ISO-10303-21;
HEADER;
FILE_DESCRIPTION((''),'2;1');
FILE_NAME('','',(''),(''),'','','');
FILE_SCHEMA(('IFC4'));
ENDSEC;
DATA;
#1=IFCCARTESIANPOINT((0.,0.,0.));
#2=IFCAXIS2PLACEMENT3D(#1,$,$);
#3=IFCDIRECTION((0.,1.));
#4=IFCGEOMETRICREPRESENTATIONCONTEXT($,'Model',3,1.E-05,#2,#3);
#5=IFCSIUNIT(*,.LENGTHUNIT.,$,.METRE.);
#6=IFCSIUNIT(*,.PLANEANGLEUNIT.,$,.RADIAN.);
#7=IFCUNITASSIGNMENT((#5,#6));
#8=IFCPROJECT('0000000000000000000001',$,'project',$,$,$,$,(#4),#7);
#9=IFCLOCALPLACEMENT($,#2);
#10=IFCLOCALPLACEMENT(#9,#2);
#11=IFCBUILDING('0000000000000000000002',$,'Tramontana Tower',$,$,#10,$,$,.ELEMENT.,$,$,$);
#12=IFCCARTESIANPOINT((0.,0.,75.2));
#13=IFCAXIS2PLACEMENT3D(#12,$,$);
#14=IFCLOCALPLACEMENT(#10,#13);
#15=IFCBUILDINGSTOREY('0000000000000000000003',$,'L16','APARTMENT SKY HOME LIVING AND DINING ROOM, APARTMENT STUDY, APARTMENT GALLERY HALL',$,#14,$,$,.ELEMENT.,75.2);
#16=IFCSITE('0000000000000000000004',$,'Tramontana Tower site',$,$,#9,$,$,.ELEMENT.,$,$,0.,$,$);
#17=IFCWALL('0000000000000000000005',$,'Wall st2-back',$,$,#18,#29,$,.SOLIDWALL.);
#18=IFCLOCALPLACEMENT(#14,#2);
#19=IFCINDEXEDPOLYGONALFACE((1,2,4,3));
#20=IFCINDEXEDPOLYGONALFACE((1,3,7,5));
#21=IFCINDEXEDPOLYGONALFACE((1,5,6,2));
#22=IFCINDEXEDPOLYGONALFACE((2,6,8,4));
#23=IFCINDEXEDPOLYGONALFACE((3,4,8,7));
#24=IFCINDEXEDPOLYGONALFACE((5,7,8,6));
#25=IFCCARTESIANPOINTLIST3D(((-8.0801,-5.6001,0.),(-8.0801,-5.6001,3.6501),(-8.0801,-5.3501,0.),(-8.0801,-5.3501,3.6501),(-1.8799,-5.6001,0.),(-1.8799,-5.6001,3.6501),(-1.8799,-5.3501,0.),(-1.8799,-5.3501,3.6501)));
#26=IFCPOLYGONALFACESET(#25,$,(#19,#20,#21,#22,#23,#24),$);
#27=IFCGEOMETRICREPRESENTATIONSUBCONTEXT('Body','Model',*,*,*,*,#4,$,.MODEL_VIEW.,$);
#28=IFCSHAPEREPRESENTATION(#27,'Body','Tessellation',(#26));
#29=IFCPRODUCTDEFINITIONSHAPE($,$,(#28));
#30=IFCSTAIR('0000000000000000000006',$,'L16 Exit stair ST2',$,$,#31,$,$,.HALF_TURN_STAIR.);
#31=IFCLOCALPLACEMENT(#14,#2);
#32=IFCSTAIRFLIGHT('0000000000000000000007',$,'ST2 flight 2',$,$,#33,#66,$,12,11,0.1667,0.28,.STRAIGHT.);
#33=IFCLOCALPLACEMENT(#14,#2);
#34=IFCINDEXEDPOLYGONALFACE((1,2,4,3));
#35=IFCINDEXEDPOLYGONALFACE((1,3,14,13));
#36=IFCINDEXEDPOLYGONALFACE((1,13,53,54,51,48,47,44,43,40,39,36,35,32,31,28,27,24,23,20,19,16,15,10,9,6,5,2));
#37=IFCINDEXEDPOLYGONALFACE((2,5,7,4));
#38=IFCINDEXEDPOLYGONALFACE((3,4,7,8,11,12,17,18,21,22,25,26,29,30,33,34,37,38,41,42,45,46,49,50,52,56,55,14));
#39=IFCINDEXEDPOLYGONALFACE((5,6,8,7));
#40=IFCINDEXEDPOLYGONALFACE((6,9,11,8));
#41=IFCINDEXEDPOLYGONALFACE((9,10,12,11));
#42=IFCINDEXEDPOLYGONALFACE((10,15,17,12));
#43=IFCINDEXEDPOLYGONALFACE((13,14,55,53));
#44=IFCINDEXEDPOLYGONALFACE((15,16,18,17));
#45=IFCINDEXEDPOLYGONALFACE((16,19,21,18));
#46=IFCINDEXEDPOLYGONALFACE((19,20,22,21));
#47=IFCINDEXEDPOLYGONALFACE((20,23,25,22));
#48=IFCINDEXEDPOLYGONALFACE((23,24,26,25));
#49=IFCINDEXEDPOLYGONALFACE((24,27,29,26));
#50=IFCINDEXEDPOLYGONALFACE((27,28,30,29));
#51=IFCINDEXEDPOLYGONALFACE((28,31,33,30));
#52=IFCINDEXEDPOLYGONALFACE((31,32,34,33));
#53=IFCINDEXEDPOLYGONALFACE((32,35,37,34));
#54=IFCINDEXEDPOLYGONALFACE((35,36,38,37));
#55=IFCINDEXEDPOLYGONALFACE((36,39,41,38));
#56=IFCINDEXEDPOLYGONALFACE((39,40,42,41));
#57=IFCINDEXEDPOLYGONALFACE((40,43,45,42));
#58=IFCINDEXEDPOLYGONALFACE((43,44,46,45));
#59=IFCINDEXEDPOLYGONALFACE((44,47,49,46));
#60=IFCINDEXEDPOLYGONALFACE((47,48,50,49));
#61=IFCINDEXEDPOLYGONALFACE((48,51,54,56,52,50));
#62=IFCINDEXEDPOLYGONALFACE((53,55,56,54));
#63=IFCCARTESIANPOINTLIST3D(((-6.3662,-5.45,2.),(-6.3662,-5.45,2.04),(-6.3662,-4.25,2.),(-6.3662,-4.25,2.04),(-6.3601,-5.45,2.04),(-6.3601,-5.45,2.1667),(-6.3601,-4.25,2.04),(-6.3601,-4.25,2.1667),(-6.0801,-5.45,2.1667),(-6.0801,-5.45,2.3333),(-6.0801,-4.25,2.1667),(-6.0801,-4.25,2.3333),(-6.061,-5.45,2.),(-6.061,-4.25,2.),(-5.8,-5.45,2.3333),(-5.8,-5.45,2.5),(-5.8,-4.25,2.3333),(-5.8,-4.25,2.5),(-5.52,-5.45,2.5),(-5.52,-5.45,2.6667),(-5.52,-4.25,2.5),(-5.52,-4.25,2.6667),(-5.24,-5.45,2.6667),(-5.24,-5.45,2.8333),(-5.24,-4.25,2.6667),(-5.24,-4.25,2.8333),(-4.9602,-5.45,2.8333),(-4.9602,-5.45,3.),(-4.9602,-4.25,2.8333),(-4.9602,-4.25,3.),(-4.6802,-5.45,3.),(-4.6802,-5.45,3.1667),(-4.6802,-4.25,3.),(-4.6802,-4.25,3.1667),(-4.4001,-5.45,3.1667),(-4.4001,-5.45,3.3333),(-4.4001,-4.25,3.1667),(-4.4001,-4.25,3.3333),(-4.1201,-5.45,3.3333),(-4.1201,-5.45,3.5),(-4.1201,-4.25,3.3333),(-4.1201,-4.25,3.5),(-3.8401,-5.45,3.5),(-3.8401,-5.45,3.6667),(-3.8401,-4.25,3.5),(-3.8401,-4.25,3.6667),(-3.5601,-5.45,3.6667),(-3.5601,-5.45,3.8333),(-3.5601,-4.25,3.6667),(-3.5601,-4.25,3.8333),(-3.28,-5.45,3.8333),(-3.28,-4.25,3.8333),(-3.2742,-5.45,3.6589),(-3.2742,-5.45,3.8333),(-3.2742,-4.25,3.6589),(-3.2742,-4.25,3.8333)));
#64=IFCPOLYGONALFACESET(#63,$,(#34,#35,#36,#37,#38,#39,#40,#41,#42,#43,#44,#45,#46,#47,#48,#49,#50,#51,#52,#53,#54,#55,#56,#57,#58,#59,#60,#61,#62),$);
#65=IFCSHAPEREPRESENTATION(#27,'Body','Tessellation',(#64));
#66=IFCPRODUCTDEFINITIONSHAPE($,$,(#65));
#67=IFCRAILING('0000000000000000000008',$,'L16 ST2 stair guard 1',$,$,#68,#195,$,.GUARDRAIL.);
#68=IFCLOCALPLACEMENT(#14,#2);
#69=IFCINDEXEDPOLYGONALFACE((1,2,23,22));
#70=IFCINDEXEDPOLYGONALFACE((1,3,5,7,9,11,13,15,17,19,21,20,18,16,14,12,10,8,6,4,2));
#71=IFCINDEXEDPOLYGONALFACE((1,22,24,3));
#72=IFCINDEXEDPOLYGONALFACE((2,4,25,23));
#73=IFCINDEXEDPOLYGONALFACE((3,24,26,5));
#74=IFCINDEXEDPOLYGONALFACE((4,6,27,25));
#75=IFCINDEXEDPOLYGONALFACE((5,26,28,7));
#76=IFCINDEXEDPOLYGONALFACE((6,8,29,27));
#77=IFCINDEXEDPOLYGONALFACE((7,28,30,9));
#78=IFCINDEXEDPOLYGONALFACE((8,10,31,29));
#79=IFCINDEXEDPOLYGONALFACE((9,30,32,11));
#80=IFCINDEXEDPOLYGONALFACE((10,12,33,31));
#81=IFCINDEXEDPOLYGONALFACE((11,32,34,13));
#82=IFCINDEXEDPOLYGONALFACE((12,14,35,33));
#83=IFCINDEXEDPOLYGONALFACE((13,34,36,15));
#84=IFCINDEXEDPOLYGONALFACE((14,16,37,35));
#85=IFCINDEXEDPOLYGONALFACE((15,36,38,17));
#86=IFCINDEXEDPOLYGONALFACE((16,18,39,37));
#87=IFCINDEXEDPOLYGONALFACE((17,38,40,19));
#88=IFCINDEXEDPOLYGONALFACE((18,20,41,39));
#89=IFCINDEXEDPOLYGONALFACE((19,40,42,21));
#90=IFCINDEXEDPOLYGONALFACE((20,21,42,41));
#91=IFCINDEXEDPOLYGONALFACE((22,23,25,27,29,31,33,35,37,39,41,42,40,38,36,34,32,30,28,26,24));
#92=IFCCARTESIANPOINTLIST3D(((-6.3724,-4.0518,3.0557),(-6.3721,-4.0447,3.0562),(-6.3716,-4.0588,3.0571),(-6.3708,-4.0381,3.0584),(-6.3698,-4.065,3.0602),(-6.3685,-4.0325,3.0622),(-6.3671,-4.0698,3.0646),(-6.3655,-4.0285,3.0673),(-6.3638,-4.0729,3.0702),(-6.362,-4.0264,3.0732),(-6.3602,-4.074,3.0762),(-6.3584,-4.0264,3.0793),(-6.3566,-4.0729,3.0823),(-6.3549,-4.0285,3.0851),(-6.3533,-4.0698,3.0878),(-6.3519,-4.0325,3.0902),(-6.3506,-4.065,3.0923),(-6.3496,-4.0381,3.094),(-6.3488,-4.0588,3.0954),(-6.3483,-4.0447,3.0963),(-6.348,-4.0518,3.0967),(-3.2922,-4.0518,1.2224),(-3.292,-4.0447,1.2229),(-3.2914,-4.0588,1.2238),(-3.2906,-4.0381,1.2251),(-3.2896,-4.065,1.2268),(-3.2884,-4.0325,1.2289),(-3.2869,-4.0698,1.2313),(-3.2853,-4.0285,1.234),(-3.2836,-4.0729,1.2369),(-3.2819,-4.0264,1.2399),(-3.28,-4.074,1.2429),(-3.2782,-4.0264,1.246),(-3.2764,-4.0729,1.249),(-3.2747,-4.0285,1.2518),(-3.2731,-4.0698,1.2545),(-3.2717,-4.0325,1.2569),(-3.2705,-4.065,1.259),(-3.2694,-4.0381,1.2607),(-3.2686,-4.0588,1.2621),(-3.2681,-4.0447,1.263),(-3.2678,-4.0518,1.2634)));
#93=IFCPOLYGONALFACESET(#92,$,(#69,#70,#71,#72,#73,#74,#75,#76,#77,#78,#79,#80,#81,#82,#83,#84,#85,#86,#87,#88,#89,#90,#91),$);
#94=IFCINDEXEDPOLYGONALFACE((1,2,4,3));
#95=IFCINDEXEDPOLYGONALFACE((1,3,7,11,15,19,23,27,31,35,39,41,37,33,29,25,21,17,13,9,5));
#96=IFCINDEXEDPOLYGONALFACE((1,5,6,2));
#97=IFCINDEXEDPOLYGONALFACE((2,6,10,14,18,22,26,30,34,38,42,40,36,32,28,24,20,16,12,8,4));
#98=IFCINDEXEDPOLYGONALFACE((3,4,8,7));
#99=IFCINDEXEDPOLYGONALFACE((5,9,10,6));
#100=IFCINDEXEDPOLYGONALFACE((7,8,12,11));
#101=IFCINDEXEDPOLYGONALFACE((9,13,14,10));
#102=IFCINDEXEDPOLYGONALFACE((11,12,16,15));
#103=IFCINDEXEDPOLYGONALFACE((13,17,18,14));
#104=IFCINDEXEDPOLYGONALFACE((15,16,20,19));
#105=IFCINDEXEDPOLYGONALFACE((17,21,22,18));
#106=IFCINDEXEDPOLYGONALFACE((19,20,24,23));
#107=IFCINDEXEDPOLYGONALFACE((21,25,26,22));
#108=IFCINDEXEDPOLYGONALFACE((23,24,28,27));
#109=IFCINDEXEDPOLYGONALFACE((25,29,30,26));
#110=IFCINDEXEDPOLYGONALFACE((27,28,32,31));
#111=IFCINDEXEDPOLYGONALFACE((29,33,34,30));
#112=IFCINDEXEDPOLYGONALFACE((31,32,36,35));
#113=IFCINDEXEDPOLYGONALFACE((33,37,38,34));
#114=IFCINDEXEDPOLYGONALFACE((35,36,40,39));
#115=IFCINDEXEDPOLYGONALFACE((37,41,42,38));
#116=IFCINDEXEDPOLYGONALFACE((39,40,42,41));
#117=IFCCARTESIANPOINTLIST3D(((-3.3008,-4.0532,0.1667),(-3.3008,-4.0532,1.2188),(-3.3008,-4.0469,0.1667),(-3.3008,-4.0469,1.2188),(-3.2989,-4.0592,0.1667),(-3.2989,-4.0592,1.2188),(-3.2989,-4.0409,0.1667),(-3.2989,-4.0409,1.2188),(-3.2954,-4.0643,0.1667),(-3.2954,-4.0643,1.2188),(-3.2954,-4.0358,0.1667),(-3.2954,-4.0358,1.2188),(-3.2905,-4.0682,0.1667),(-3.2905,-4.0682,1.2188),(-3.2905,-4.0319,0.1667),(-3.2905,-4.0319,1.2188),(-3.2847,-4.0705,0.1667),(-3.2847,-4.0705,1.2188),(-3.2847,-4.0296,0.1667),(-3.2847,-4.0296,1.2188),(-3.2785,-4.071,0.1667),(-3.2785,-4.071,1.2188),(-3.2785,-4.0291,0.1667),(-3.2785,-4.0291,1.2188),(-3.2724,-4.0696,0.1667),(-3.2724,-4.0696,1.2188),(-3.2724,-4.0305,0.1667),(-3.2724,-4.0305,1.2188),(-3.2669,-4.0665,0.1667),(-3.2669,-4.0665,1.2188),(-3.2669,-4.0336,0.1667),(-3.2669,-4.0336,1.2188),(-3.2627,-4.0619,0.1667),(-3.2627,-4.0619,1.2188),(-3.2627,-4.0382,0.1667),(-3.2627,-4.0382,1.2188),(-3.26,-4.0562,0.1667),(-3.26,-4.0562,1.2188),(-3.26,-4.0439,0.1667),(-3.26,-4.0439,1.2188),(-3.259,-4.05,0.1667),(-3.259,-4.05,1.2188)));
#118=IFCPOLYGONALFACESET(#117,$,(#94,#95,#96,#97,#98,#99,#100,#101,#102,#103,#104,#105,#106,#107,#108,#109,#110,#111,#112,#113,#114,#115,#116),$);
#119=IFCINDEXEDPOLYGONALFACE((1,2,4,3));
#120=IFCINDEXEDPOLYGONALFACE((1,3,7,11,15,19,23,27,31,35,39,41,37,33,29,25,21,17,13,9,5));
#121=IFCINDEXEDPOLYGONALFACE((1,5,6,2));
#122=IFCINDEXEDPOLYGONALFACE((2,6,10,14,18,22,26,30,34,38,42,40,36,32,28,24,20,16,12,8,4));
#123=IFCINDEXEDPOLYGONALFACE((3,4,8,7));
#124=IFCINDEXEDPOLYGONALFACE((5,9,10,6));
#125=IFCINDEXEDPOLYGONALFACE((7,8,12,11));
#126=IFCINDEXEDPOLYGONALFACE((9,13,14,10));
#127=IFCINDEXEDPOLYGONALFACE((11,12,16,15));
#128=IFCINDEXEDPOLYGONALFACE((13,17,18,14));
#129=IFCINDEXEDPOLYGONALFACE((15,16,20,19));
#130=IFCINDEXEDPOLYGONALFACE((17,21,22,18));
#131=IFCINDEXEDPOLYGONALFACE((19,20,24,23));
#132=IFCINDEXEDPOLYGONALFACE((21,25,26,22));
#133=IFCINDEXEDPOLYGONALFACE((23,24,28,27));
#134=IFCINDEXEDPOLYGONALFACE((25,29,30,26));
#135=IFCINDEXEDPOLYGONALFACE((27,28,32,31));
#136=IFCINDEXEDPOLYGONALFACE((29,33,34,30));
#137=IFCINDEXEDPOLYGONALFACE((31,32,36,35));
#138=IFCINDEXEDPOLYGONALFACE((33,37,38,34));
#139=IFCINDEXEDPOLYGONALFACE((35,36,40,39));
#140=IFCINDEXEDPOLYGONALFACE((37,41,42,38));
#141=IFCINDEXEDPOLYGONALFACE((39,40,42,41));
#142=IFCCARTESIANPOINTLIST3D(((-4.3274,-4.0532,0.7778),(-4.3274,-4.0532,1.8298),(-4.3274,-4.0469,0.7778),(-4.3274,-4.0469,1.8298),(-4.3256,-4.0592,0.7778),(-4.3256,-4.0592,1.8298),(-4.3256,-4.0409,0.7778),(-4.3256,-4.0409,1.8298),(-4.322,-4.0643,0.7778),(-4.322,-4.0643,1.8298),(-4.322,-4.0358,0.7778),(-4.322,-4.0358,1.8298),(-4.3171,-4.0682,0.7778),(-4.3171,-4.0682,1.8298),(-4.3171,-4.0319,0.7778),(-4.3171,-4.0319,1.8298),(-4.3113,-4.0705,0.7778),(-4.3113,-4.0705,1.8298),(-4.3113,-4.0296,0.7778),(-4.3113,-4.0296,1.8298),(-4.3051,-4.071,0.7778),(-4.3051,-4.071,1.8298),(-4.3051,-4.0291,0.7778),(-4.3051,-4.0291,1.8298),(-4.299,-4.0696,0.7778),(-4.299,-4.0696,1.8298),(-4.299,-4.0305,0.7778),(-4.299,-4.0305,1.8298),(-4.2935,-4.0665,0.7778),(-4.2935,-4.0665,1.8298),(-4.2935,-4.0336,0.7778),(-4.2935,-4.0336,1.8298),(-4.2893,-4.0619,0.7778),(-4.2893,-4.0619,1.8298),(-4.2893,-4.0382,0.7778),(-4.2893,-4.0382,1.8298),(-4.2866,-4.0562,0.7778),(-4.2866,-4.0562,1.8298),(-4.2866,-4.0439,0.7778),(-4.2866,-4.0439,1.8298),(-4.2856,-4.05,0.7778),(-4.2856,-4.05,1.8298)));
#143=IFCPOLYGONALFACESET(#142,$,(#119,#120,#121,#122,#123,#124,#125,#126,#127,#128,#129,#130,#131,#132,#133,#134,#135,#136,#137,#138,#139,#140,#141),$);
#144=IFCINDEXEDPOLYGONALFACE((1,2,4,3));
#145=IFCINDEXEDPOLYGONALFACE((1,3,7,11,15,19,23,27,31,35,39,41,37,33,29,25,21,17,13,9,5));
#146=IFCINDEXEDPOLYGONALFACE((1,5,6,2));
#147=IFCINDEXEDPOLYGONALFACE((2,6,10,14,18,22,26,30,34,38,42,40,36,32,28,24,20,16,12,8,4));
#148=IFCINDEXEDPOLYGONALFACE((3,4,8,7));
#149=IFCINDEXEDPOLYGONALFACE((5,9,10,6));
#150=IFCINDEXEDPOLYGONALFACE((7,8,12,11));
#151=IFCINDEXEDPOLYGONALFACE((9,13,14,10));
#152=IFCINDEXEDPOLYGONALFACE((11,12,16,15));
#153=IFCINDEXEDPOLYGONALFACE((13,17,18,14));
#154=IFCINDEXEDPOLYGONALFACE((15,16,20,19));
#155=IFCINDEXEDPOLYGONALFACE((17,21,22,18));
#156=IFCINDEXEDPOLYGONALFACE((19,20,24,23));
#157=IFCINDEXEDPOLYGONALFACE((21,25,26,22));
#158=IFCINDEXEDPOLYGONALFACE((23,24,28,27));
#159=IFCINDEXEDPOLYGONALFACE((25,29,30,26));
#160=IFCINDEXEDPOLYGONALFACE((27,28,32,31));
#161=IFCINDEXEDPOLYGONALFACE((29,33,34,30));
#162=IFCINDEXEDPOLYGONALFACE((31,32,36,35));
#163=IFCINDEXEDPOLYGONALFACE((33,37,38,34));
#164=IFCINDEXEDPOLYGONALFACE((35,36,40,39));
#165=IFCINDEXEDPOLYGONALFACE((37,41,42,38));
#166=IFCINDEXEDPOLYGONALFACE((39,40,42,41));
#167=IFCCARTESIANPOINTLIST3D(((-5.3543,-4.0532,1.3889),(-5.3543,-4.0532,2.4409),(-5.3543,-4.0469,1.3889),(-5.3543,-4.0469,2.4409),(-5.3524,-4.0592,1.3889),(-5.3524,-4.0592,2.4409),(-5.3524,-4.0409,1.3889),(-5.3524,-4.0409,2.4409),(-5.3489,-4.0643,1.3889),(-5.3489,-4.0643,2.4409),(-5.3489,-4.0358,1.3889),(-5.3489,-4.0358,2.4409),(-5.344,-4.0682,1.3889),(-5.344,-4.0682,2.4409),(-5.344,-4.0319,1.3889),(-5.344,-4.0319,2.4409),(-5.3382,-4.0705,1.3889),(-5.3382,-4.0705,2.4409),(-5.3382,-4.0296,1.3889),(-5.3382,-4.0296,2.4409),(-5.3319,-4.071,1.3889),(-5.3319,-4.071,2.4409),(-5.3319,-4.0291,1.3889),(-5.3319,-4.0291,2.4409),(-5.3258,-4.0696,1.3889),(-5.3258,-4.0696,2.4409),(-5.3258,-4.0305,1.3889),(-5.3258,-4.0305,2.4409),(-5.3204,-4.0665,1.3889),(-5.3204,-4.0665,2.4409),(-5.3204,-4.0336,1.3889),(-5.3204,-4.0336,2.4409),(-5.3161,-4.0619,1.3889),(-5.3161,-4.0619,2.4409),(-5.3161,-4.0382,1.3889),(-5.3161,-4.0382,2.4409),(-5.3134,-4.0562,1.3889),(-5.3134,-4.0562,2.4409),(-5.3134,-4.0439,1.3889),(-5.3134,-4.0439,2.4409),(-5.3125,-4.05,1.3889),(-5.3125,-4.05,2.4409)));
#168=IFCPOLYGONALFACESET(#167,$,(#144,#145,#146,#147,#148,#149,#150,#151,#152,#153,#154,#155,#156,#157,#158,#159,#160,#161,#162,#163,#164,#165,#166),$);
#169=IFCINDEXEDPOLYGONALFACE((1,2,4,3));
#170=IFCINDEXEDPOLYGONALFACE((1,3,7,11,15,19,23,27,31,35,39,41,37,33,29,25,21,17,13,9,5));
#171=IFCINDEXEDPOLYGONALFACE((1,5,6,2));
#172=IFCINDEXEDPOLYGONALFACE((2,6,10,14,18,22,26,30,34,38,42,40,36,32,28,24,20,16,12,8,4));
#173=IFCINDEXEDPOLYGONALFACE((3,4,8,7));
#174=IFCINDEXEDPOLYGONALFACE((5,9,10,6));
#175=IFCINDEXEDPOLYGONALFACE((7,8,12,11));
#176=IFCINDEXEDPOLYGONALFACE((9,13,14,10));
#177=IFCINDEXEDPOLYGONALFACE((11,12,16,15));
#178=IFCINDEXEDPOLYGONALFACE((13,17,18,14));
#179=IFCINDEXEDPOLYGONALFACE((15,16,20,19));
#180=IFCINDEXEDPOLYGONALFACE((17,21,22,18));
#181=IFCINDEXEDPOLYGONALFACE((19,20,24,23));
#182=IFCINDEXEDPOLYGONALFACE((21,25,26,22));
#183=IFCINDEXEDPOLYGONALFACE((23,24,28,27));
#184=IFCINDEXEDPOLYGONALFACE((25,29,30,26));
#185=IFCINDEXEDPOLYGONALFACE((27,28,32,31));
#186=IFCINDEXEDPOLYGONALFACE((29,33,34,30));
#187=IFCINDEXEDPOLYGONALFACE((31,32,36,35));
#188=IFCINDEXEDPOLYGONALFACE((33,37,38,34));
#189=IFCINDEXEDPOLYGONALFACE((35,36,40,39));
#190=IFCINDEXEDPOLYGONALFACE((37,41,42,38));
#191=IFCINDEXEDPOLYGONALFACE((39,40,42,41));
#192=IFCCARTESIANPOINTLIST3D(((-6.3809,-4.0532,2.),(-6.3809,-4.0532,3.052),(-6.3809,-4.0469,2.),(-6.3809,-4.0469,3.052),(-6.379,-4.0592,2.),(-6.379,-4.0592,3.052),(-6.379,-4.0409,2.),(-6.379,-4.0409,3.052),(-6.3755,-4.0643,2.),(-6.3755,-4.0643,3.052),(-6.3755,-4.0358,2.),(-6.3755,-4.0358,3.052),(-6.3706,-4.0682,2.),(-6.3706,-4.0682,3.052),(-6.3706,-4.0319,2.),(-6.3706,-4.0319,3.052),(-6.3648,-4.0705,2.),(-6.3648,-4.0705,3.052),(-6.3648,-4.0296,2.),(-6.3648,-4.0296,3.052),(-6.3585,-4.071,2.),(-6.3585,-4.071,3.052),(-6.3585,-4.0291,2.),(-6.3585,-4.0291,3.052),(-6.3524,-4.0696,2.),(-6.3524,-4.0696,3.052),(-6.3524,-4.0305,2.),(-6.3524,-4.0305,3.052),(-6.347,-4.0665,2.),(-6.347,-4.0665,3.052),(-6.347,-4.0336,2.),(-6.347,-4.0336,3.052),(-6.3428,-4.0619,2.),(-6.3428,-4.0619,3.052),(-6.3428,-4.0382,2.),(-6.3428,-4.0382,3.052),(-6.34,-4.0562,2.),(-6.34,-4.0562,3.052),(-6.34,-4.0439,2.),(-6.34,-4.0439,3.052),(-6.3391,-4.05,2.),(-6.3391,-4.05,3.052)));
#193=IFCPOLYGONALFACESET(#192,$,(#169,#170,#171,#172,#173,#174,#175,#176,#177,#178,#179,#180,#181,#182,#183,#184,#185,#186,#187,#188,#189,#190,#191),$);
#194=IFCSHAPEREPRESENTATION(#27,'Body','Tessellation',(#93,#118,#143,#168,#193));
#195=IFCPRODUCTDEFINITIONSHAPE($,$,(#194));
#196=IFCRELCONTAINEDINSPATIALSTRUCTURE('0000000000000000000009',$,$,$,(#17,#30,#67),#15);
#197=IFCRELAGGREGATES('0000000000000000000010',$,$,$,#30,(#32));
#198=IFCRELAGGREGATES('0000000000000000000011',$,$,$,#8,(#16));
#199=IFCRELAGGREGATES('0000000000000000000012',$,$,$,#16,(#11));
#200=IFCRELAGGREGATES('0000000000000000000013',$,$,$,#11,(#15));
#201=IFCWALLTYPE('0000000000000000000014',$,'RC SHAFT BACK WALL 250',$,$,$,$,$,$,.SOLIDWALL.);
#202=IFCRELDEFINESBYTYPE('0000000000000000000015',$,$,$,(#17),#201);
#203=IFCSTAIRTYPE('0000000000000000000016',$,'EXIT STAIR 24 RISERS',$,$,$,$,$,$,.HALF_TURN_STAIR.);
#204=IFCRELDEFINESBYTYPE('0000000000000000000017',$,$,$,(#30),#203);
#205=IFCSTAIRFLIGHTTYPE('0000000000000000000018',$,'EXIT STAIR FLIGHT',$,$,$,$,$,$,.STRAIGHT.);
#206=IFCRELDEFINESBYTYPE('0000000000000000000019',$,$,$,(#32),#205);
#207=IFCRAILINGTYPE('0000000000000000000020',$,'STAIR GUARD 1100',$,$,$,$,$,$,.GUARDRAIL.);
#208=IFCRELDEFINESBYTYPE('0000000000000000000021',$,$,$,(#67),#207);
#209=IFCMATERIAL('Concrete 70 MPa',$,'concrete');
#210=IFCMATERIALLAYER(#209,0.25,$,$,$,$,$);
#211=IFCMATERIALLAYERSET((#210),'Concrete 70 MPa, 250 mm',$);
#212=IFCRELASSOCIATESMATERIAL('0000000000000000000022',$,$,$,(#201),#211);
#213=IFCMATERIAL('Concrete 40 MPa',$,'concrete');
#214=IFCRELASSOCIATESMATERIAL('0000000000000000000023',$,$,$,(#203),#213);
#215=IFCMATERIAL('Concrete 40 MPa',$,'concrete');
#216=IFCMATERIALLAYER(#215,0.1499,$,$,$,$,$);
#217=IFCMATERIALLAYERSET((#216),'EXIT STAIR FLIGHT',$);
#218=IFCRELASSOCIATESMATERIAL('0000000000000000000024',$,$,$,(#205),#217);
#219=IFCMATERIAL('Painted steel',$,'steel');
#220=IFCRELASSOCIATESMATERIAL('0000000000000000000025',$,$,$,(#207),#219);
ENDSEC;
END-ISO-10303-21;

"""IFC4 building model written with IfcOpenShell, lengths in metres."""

from ifc_helpers import new_model, si_unit, direction, frame, frame_2d, origin, origin_2d, place, context, subcontext, project, spatial, polyline, rectangle, circle, outline, extrude, material, layer, layer_set, type_object, element, aggregate, save


model = new_model("IFC4")

# Units and contexts
model_context = context("Model", 3, precision=1e-05, world=origin(), true_north=direction((0.0, 1.0)))
body_context = subcontext(model_context, "Body", "Model", "MODEL_VIEW")
ifc_project = project(units=[si_unit("LENGTHUNIT", "METRE"), si_unit("PLANEANGLEUNIT", "RADIAN")], contexts=[model_context])

# Site, building, storey
site_placement = place(None, origin())
site = spatial("IfcSite", under=ifc_project, at=site_placement, Name="Tramontana Tower site", CompositionType="ELEMENT", RefElevation=0.0)
building_placement = place(site_placement, origin())
building = spatial("IfcBuilding", under=site, at=building_placement, Name="Tramontana Tower", CompositionType="ELEMENT")
storey_placement = place(building_placement, frame((0.0, 0.0, 75.2)))
storey = spatial("IfcBuildingStorey", under=building, at=storey_placement, Name="L16", Description="APARTMENT SKY HOME LIVING AND DINING ROOM, APARTMENT STUDY, APARTMENT GALLERY HALL", CompositionType="ELEMENT", Elevation=75.2)

# Wall
ifc_material_1 = material(Name="Concrete 70 MPa", Category="concrete")
ifc_layer_1 = layer(ifc_material_1, 0.25)
ifc_layer_set_1 = layer_set([ifc_layer_1], Name="Concrete 70 MPa, 250 mm")
wall_type_1 = type_object("IfcWallType", Name="RC SHAFT BACK WALL 250", PredefinedType="SOLIDWALL", material=ifc_layer_set_1)
wall_1_placement = place(storey_placement, frame((-8.0801, -5.4751, 0.0), z_axis=(0.0, 0.0, 1.0), x_axis=(1.0, 0.0, 0.0)))
element("IfcWall", 1, at=wall_1_placement, inside=storey, type_object=wall_type_1, Name="Wall st2-back", PredefinedType="SOLIDWALL", context=body_context, shape_type="SweptSolid", body=[
    extrude(rectangle(XDim=6.2002, YDim=0.25, at=frame_2d((3.1001, 0.0))), origin(), (0.0, 0.0, 1.0), 3.6501),
])

# Stair, stair flight
ifc_material_2 = material(Name="Concrete 40 MPa", Category="concrete")
stair_type = type_object("IfcStairType", Name="EXIT STAIR 24 RISERS", PredefinedType="HALF_TURN_STAIR", material=ifc_material_2)
stair_placement = place(storey_placement, origin())
stair = element("IfcStair", 2, at=stair_placement, inside=storey, type_object=stair_type, Name="L16 Exit stair ST2", PredefinedType="HALF_TURN_STAIR")
ifc_material_3 = material(Name="Concrete 40 MPa", Category="concrete")
ifc_layer_2 = layer(ifc_material_3, 0.1499)
ifc_layer_set_2 = layer_set([ifc_layer_2], Name="EXIT STAIR FLIGHT")
stair_flight_type = type_object("IfcStairFlightType", Name="EXIT STAIR FLIGHT", PredefinedType="STRAIGHT", material=ifc_layer_set_2)
stair_flight_placement = place(storey_placement, frame((-6.3601, -4.8501, 2.0), z_axis=(0.0, 0.0, 1.0), x_axis=(1.0, 0.0, 0.0)))
stair_flight = element("IfcStairFlight", 3, at=stair_flight_placement, type_object=stair_flight_type, Name="ST2 flight 2", NumberOfRisers=12, NumberOfTreads=11, PredefinedType="STRAIGHT", RiserHeight=0.1667, TreadLength=0.28, context=body_context, shape_type="SweptSolid", body=[
    extrude(outline(polyline([(-0.0061, 0.0), (-0.0061, 0.04), (0.0, 0.04), (0.0, 0.1667), (0.28, 0.1667), (0.28, 0.3333), (0.5601, 0.3333), (0.5601, 0.5), (0.8401, 0.5), (0.8401, 0.6667), (1.1201, 0.6667), (1.1201, 0.8333), (1.3999, 0.8333), (1.3999, 1.0), (1.6799, 1.0), (1.6799, 1.1667), (1.96, 1.1667), (1.96, 1.3333), (2.24, 1.3333), (2.24, 1.5), (2.52, 1.5), (2.52, 1.6667), (2.8, 1.6667), (2.8, 1.8333), (3.0801, 1.8333), (3.0859, 1.8333), (3.0859, 1.6589), (0.2991, 0.0), (-0.0061, 0.0)])), frame((0.0, 0.6001, 0.0), z_axis=(0.0, -1.0, 0.0), x_axis=(1.0, 0.0, 0.0)), (0.0, 0.0, 1.0), 1.2),
])
aggregate(stair, [stair_flight])

# Railing
ifc_material_4 = material(Name="Painted steel", Category="steel")
railing_type_1 = type_object("IfcRailingType", Name="STAIR GUARD 1100", PredefinedType="GUARDRAIL", material=ifc_material_4)
railing_1_placement = place(storey_placement, frame((-3.28, -4.05, 0.1667)))
element("IfcRailing", 4, at=railing_1_placement, inside=storey, type_object=railing_type_1, Name="L16 ST2 stair guard 1", PredefinedType="GUARDRAIL", context=body_context, shape_type="SweptSolid", body=[
    extrude(circle(Radius=0.0239, at=origin_2d()), frame((0.0, 0.0, 1.0762), z_axis=(-0.859309, 0.0, 0.511458), x_axis=(0.0, -1.0, 0.0)), (0.0, 0.0, 1.0), 3.5845),
    extrude(circle(Radius=0.021, at=origin_2d()), origin(), (0.0, 0.0, 1.0), 1.052),
    extrude(circle(Radius=0.021, at=origin_2d()), frame((-1.0266, 0.0, 0.6111)), (0.0, 0.0, 1.0), 1.052),
    extrude(circle(Radius=0.021, at=origin_2d()), frame((-2.0535, 0.0, 1.2222)), (0.0, 0.0, 1.0), 1.052),
    extrude(circle(Radius=0.021, at=origin_2d()), frame((-3.0801, 0.0, 1.8333)), (0.0, 0.0, 1.0), 1.052),
])

save(model, "model.ifc")
